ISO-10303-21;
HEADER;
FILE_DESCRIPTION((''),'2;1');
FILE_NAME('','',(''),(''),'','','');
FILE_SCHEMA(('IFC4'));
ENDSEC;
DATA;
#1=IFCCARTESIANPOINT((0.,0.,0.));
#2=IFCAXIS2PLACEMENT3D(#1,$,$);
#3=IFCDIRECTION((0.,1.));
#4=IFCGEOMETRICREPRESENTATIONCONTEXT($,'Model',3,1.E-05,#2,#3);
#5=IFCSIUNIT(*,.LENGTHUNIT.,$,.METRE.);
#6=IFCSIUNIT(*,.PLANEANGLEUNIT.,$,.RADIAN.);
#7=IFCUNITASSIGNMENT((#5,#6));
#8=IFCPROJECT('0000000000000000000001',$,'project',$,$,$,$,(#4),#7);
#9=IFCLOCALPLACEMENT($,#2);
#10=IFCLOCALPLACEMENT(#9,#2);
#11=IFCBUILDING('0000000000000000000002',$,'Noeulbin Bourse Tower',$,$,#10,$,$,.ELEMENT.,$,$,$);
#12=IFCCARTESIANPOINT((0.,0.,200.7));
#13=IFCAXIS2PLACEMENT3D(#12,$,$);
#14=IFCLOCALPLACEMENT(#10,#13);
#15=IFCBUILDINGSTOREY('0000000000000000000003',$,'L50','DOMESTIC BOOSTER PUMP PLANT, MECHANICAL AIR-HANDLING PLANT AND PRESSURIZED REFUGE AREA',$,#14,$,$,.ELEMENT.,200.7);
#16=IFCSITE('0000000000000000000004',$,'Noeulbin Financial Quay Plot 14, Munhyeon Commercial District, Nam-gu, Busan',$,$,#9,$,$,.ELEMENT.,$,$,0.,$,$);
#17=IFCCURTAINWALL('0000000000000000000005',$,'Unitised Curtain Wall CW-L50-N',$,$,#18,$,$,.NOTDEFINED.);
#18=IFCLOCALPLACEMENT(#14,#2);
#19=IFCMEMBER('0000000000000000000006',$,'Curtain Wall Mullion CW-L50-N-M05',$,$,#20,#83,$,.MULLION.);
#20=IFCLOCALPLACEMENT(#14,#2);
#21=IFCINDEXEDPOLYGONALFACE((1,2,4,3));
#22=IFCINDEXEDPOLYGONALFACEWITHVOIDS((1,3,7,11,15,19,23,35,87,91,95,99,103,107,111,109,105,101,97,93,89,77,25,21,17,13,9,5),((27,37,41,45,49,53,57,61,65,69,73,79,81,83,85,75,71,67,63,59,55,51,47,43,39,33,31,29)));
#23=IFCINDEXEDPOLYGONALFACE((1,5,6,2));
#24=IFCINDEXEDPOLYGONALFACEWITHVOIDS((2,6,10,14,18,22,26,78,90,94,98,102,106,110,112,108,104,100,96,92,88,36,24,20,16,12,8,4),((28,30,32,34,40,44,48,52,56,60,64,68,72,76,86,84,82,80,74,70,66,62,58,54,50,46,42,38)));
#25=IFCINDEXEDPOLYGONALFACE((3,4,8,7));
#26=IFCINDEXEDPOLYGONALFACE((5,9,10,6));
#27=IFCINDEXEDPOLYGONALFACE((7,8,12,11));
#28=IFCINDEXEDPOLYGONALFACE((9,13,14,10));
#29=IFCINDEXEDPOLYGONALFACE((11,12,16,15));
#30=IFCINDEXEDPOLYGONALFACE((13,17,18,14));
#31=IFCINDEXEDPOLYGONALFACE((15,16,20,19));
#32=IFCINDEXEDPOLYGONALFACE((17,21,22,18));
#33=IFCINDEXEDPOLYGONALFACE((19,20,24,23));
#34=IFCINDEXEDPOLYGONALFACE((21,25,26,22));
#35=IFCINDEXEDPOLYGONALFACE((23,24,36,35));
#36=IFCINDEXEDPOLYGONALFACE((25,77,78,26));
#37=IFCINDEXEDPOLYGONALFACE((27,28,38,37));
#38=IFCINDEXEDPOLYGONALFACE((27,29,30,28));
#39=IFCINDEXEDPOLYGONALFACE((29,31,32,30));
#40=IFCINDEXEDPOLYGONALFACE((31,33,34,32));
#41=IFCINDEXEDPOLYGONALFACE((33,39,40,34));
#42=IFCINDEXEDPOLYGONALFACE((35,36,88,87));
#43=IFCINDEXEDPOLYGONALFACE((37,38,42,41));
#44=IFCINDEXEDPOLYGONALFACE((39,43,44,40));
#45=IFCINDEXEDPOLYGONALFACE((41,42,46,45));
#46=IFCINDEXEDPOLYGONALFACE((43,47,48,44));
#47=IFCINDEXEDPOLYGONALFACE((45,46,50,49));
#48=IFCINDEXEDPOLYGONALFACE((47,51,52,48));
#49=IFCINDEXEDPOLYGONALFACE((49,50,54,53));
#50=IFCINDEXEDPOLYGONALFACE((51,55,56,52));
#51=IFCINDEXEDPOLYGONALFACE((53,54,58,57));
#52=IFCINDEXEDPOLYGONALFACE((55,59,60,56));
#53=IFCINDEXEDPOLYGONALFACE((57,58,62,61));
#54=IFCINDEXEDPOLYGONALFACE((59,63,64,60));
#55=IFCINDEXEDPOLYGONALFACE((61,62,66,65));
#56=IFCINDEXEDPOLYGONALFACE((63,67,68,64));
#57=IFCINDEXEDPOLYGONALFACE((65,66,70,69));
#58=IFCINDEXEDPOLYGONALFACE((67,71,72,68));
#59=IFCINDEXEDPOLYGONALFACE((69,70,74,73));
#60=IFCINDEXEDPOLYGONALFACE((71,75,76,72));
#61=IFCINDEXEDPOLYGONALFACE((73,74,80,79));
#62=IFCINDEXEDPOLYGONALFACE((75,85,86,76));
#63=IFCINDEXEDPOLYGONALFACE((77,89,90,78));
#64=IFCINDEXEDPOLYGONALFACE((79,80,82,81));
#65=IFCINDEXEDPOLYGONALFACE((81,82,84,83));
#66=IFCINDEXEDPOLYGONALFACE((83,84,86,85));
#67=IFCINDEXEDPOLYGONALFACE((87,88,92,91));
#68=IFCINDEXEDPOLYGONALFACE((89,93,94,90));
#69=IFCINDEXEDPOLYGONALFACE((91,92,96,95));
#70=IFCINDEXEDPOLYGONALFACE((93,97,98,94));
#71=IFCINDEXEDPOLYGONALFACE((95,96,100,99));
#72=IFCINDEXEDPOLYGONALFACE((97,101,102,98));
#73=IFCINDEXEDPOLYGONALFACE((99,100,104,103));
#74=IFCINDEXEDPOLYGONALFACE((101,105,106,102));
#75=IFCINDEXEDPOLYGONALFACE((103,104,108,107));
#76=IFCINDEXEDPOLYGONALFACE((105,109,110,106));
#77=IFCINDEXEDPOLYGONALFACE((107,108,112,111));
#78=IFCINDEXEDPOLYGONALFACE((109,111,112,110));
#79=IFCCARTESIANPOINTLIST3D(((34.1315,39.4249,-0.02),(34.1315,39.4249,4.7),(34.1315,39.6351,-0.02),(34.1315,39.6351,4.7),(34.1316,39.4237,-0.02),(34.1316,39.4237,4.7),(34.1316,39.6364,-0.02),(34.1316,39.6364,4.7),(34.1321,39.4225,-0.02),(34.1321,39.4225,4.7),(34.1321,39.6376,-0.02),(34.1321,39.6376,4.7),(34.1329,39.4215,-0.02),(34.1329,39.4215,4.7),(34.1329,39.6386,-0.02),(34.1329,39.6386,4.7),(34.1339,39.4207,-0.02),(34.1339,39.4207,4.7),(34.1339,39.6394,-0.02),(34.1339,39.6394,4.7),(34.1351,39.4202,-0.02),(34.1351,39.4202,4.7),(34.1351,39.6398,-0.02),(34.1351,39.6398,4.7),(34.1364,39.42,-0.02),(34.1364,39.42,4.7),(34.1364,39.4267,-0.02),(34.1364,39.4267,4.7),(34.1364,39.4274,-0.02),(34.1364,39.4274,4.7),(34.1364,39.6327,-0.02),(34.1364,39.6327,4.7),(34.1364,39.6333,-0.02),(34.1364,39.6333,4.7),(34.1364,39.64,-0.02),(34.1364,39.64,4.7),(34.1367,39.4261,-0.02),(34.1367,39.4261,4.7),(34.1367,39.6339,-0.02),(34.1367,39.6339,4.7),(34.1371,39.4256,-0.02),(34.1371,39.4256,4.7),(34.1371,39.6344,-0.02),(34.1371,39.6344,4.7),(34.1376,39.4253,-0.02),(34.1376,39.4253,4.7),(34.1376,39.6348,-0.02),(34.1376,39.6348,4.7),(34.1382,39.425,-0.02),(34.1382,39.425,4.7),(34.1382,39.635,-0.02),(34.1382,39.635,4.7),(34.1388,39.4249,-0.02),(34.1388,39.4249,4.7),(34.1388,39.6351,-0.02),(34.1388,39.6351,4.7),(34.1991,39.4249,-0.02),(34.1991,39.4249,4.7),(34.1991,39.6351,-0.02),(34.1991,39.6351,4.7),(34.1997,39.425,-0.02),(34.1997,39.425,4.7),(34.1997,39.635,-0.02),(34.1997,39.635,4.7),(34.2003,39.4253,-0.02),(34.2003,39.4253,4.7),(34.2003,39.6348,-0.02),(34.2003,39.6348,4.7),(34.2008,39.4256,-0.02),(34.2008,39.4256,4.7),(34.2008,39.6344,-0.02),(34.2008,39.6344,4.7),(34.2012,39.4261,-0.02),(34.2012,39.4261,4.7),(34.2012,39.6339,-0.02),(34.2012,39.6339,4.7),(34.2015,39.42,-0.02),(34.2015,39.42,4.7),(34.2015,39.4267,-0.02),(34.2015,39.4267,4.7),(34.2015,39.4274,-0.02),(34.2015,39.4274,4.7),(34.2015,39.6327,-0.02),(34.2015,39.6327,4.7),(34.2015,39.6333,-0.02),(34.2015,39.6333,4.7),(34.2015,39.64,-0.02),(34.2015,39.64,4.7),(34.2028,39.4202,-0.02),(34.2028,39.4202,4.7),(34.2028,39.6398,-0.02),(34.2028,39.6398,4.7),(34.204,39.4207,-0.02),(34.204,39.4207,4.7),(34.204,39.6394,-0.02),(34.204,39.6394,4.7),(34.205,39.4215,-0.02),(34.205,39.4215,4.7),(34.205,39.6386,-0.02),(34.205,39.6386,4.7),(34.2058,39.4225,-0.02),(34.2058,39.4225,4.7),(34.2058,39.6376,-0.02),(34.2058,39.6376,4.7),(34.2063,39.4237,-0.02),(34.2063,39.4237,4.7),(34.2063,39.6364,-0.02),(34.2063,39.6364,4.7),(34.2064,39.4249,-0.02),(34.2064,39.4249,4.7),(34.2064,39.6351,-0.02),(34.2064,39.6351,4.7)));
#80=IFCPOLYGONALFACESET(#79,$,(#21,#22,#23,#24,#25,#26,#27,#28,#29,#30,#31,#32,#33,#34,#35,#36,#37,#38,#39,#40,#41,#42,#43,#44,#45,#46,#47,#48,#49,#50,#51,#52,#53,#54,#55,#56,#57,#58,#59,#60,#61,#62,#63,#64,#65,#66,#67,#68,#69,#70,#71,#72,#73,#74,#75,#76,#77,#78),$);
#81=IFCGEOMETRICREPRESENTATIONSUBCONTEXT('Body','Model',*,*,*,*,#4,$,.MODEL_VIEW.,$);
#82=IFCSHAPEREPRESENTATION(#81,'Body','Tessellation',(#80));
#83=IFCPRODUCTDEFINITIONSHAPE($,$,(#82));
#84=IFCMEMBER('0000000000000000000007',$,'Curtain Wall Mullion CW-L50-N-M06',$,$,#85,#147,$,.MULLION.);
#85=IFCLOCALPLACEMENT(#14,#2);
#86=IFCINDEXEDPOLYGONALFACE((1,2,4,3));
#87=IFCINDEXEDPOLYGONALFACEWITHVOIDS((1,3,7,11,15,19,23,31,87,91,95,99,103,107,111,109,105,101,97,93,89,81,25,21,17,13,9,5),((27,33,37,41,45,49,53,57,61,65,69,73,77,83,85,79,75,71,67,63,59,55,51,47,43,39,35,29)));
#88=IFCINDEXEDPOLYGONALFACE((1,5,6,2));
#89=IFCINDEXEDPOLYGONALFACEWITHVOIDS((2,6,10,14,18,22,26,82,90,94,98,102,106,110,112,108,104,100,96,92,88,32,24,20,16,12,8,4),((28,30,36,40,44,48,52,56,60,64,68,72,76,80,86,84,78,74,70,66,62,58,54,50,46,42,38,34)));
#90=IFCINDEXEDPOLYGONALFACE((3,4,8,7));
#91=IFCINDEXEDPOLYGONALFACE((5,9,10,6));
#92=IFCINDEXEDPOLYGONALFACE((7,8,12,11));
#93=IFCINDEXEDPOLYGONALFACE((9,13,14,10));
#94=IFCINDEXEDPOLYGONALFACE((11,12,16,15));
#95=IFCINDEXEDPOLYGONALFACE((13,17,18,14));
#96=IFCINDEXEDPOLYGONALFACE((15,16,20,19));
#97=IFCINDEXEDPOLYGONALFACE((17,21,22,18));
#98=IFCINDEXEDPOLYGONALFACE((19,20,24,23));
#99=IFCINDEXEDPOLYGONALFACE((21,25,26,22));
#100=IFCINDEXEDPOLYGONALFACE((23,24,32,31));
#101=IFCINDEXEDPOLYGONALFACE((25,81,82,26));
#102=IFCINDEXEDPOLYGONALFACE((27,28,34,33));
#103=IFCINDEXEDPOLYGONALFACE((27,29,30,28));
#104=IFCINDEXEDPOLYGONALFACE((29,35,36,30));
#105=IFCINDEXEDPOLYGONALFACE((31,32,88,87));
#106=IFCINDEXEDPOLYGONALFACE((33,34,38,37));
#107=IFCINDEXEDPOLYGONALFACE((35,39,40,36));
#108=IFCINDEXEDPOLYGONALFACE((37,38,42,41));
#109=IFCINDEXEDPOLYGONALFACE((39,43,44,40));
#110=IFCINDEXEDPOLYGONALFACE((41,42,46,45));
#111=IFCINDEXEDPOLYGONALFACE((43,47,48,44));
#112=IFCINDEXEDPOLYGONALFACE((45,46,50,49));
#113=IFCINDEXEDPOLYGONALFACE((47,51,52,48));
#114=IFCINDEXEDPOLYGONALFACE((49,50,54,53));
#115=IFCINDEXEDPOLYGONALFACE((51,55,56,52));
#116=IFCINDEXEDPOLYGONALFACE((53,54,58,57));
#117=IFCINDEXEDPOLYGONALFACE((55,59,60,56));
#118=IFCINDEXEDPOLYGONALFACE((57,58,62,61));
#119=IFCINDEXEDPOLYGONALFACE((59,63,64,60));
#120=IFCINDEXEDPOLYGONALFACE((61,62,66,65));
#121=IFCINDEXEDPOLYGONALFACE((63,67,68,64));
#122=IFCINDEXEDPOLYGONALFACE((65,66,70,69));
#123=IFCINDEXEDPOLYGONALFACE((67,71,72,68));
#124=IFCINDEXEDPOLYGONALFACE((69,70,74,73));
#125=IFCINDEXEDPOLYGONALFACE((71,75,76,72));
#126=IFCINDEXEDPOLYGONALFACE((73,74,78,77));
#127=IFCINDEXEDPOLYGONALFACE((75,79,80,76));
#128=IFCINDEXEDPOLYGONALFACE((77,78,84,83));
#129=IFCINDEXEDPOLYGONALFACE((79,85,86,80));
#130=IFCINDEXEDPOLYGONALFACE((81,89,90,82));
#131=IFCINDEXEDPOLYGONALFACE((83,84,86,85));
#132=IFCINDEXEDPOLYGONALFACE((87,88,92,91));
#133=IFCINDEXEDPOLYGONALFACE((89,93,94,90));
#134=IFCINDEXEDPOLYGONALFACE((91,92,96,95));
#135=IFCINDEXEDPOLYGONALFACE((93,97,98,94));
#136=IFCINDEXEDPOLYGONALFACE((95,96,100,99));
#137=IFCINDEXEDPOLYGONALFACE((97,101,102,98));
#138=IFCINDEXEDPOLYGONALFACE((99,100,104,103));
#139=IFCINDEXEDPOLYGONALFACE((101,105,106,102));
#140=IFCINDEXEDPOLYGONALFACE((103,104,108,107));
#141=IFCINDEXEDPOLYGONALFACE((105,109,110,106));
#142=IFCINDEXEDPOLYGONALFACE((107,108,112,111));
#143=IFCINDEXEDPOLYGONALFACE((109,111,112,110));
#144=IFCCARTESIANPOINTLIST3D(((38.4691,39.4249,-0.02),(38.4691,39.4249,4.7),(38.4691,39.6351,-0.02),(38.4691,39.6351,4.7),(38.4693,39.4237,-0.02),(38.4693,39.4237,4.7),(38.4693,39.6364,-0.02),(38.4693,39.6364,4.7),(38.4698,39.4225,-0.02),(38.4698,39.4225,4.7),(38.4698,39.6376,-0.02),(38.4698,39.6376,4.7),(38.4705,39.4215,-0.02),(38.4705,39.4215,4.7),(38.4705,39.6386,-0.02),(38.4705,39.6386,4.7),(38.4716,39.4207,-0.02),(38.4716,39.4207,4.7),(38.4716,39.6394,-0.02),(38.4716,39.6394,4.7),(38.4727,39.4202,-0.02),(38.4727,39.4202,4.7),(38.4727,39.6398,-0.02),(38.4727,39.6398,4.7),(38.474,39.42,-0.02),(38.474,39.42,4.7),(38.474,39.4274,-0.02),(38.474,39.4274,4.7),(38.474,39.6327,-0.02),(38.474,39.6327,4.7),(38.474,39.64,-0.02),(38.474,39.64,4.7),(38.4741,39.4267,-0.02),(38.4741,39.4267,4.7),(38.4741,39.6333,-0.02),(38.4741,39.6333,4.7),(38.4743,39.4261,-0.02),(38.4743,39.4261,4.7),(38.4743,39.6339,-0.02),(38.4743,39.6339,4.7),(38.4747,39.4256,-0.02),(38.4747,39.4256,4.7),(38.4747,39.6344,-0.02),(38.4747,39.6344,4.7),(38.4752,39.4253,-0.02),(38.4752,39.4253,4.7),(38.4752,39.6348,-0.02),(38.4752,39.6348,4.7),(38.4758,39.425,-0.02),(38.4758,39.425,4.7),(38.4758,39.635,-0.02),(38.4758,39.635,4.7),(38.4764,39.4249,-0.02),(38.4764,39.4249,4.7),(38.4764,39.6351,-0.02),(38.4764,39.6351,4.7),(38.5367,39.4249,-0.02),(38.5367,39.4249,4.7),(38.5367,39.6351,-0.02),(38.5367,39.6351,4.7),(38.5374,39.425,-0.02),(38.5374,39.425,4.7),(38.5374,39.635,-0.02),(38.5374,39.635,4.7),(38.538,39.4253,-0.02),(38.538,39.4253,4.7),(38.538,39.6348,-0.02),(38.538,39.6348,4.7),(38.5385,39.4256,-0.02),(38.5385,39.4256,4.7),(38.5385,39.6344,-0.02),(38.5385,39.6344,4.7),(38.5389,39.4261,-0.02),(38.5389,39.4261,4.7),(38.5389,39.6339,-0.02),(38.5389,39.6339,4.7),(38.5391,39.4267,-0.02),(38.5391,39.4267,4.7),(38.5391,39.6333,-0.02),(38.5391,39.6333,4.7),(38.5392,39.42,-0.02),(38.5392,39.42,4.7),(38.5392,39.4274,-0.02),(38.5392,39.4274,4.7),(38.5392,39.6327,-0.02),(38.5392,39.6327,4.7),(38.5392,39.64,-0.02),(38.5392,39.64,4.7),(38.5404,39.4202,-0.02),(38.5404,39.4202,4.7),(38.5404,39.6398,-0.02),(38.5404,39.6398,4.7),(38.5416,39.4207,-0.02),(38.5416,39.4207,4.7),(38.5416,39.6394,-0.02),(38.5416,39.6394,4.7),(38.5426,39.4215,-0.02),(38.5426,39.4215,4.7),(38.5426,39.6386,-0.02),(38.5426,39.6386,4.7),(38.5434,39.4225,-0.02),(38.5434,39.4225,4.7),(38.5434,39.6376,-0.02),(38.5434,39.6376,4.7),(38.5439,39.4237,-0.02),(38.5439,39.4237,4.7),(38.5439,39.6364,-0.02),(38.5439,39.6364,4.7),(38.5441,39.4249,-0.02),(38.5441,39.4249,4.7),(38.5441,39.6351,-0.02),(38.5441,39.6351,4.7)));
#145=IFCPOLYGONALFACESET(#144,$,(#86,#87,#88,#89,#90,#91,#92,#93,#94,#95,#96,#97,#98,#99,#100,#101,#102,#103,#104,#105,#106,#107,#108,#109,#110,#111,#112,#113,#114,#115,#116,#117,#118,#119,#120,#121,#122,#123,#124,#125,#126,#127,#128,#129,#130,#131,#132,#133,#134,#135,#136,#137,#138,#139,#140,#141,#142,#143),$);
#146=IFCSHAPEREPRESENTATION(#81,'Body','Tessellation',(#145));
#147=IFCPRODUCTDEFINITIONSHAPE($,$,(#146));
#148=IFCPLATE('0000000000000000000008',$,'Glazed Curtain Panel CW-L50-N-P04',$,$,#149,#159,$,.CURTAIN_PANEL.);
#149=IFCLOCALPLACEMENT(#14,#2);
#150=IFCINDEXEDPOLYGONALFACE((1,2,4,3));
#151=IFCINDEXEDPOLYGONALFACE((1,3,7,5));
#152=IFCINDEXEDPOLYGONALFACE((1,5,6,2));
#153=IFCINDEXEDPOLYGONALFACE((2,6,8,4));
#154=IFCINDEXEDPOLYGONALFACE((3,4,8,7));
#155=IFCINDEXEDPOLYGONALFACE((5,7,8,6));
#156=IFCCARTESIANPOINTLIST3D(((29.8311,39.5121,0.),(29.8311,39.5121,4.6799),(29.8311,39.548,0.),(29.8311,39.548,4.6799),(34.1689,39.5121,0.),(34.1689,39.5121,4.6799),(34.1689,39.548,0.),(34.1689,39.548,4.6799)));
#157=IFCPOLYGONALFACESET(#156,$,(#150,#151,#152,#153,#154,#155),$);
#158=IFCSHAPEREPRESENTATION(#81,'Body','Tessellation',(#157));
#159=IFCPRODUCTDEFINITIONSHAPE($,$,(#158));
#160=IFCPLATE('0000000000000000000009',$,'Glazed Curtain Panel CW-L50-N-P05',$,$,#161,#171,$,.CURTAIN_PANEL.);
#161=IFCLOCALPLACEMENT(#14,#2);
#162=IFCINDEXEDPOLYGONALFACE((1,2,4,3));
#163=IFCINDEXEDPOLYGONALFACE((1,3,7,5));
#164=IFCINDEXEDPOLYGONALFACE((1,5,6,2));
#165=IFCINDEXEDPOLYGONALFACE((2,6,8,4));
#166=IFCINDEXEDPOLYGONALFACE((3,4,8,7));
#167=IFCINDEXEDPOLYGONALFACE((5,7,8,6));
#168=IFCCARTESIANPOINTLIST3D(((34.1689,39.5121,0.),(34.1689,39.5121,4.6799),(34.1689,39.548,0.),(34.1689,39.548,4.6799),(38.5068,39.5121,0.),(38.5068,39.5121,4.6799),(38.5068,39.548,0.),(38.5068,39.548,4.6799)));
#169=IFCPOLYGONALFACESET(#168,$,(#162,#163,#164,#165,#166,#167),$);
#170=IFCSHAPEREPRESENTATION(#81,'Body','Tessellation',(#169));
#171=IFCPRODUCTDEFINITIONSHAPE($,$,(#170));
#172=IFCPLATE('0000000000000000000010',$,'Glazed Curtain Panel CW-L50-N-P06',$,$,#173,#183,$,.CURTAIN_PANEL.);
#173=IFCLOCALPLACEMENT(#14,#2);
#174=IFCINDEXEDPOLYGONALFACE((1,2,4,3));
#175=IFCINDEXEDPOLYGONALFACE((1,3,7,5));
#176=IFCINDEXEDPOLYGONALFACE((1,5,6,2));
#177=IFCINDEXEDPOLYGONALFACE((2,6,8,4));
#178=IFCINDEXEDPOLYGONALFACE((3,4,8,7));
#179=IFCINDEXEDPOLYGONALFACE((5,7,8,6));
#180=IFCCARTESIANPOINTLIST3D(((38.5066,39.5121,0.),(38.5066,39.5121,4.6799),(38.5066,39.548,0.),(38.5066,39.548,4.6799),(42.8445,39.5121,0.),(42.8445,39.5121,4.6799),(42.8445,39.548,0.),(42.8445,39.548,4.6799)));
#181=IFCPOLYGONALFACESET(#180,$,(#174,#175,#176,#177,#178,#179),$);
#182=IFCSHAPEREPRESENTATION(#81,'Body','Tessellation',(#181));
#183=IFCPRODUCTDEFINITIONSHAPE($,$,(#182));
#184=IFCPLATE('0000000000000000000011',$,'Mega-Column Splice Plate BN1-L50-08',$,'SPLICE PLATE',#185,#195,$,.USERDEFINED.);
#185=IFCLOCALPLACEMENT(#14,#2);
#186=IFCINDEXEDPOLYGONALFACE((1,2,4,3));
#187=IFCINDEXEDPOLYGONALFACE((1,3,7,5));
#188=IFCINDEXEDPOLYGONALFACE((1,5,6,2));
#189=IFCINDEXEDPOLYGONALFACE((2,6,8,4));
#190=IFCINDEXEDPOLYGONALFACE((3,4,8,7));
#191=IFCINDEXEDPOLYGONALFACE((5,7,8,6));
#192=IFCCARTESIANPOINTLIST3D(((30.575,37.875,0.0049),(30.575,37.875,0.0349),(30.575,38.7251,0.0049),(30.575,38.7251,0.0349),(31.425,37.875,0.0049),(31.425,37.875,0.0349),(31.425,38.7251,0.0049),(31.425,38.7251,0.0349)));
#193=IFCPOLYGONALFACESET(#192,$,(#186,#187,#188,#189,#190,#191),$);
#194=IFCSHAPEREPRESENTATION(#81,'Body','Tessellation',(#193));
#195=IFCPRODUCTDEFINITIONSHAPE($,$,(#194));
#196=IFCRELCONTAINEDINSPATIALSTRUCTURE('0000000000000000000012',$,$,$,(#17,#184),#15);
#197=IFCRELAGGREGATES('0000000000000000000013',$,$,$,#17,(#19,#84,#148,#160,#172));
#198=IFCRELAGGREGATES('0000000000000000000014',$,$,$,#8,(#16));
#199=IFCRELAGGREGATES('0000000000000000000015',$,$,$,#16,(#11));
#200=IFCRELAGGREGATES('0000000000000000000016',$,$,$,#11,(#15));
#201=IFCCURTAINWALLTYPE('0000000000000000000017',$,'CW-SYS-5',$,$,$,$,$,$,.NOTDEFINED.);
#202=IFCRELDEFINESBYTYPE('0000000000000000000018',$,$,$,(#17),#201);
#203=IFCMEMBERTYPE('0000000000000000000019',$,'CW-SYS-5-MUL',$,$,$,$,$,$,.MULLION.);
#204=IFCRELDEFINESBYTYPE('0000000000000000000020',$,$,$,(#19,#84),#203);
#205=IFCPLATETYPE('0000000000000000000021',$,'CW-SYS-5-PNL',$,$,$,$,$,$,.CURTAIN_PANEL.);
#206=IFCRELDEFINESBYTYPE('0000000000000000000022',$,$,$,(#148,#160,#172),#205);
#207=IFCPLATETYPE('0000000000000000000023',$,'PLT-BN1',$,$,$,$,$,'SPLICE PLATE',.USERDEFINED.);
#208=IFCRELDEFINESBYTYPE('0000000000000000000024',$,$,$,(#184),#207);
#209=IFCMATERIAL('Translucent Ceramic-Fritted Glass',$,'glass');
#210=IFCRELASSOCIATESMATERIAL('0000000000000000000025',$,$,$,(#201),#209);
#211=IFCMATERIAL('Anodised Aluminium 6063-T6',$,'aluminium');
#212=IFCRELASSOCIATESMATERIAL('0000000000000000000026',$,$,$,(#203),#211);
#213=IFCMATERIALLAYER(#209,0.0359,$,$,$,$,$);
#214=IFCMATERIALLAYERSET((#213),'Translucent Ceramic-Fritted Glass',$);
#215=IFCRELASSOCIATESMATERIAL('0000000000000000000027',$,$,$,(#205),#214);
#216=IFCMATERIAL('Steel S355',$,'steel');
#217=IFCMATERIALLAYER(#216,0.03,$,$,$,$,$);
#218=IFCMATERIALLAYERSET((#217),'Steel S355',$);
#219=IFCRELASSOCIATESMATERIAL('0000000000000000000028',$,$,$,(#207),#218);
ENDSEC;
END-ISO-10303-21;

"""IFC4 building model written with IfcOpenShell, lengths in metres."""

from ifc_helpers import new_model, si_unit, direction, frame, origin, origin_2d, place, context, subcontext, project, spatial, rectangle, hollow_rectangle, extrude, material, layer, layer_set, material_profile, profile_set, type_object, element, aggregate, save


model = new_model("IFC4")

# Units and contexts
model_context = context("Model", 3, precision=1e-05, world=origin(), true_north=direction((0.0, 1.0)))
body_context = subcontext(model_context, "Body", "Model", "MODEL_VIEW")
ifc_project = project(units=[si_unit("LENGTHUNIT", "METRE"), si_unit("PLANEANGLEUNIT", "RADIAN")], contexts=[model_context])

# Site, building, storey
site_placement = place(None, origin())
site = spatial("IfcSite", under=ifc_project, at=site_placement, Name="Noeulbin Financial Quay Plot 14, Munhyeon Commercial District, Nam-gu, Busan", CompositionType="ELEMENT", RefElevation=0.0)
building_placement = place(site_placement, origin())
building = spatial("IfcBuilding", under=site, at=building_placement, Name="Noeulbin Bourse Tower", CompositionType="ELEMENT")
storey_placement = place(building_placement, frame((0.0, 0.0, 200.7)))
storey = spatial("IfcBuildingStorey", under=building, at=storey_placement, Name="L50", Description="DOMESTIC BOOSTER PUMP PLANT, MECHANICAL AIR-HANDLING PLANT AND PRESSURIZED REFUGE AREA", CompositionType="ELEMENT", Elevation=200.7)

# Curtain wall, members, plates
ifc_material_1 = material(Name="Translucent Ceramic-Fritted Glass", Category="glass")
curtain_wall_type = type_object("IfcCurtainWallType", Name="CW-SYS-5", PredefinedType="NOTDEFINED", material=ifc_material_1)
curtain_wall_placement = place(storey_placement, origin())
curtain_wall = element("IfcCurtainWall", 1, at=curtain_wall_placement, inside=storey, type_object=curtain_wall_type, Name="Unitised Curtain Wall CW-L50-N", PredefinedType="NOTDEFINED")
ifc_material_2 = material(Name="Anodised Aluminium 6063-T6", Category="aluminium")
ifc_material_profile_1 = material_profile(ifc_material_2, hollow_rectangle(XDim=0.075, YDim=0.22, WallThickness=0.0049, InnerFilletRadius=0.0024, OuterFilletRadius=0.0049, at=origin_2d()), Name="ALU-MULL-75x220x5", Category="LoadBearing")
ifc_profile_set_1 = profile_set([ifc_material_profile_1], Name="Anodised Aluminium 6063-T6")
member_type = type_object("IfcMemberType", Name="CW-SYS-5-MUL", PredefinedType="MULLION", material=ifc_profile_set_1)
member_1_placement = place(storey_placement, frame((34.1689, 39.53, -0.02), z_axis=(0.0, 0.0, 1.0), x_axis=(1.0, 0.0, 0.0)))
member_1 = element("IfcMember", 2, at=member_1_placement, type_object=member_type, Name="Curtain Wall Mullion CW-L50-N-M05", PredefinedType="MULLION", context=body_context, shape_type="SweptSolid", body=[
    extrude(hollow_rectangle(XDim=0.075, YDim=0.22, WallThickness=0.0049, InnerFilletRadius=0.0024, OuterFilletRadius=0.0049, at=origin_2d()), origin(), (0.0, 0.0, 1.0), 4.72),
])
member_2_placement = place(storey_placement, frame((38.5066, 39.53, -0.02), z_axis=(0.0, 0.0, 1.0), x_axis=(1.0, 0.0, 0.0)))
member_2 = element("IfcMember", 3, at=member_2_placement, type_object=member_type, Name="Curtain Wall Mullion CW-L50-N-M06", PredefinedType="MULLION", context=body_context, shape_type="SweptSolid", body=[
    extrude(hollow_rectangle(XDim=0.075, YDim=0.22, WallThickness=0.0049, InnerFilletRadius=0.0024, OuterFilletRadius=0.0049, at=origin_2d()), origin(), (0.0, 0.0, 1.0), 4.72),
])
ifc_layer_1 = layer(ifc_material_1, 0.0359)
ifc_layer_set_1 = layer_set([ifc_layer_1], Name="Translucent Ceramic-Fritted Glass")
plate_type_1 = type_object("IfcPlateType", Name="CW-SYS-5-PNL", PredefinedType="CURTAIN_PANEL", material=ifc_layer_set_1)
plate_1_placement = place(storey_placement, frame((32.0, 39.53, 0.0), z_axis=(0.0, 0.0, 1.0), x_axis=(1.0, 0.0, 0.0)))
plate_1 = element("IfcPlate", 4, at=plate_1_placement, type_object=plate_type_1, Name="Glazed Curtain Panel CW-L50-N-P04", PredefinedType="CURTAIN_PANEL", context=body_context, shape_type="SweptSolid", body=[
    extrude(rectangle(XDim=4.3379, YDim=0.0359, at=origin_2d()), origin(), (0.0, 0.0, 1.0), 4.6799),
])
plate_2_placement = place(storey_placement, frame((36.3379, 39.53, 0.0), z_axis=(0.0, 0.0, 1.0), x_axis=(1.0, 0.0, 0.0)))
plate_2 = element("IfcPlate", 5, at=plate_2_placement, type_object=plate_type_1, Name="Glazed Curtain Panel CW-L50-N-P05", PredefinedType="CURTAIN_PANEL", context=body_context, shape_type="SweptSolid", body=[
    extrude(rectangle(XDim=4.3379, YDim=0.0359, at=origin_2d()), origin(), (0.0, 0.0, 1.0), 4.6799),
])
plate_3_placement = place(storey_placement, frame((40.6755, 39.53, 0.0), z_axis=(0.0, 0.0, 1.0), x_axis=(1.0, 0.0, 0.0)))
plate_3 = element("IfcPlate", 6, at=plate_3_placement, type_object=plate_type_1, Name="Glazed Curtain Panel CW-L50-N-P06", PredefinedType="CURTAIN_PANEL", context=body_context, shape_type="SweptSolid", body=[
    extrude(rectangle(XDim=4.3379, YDim=0.0359, at=origin_2d()), origin(), (0.0, 0.0, 1.0), 4.6799),
])
aggregate(curtain_wall, [member_1, member_2, plate_1, plate_2, plate_3])

# Plate
ifc_material_3 = material(Name="Steel S355", Category="steel")
ifc_layer_2 = layer(ifc_material_3, 0.03)
ifc_layer_set_2 = layer_set([ifc_layer_2], Name="Steel S355")
plate_type_2 = type_object("IfcPlateType", Name="PLT-BN1", ElementType="SPLICE PLATE", PredefinedType="USERDEFINED", material=ifc_layer_set_2)
for number, where, z_axis, x_axis, name in (
    (7, (31.0, 38.3, 0.0049), (0.0, 0.0, 1.0), (1.0, 0.0, 0.0), "Mega-Column Splice Plate BN1-L50-08"),
):
    element("IfcPlate", number, at=place(storey_placement, frame(where, z_axis=z_axis, x_axis=x_axis)), inside=storey, type_object=plate_type_2, Name=name, ObjectType="SPLICE PLATE", PredefinedType="USERDEFINED", context=body_context, shape_type="SweptSolid", body=[
        extrude(rectangle(XDim=0.8501, YDim=0.8501, at=origin_2d()), origin(), (0.0, 0.0, 1.0), 0.03),
    ])

save(model, "model.ifc")
